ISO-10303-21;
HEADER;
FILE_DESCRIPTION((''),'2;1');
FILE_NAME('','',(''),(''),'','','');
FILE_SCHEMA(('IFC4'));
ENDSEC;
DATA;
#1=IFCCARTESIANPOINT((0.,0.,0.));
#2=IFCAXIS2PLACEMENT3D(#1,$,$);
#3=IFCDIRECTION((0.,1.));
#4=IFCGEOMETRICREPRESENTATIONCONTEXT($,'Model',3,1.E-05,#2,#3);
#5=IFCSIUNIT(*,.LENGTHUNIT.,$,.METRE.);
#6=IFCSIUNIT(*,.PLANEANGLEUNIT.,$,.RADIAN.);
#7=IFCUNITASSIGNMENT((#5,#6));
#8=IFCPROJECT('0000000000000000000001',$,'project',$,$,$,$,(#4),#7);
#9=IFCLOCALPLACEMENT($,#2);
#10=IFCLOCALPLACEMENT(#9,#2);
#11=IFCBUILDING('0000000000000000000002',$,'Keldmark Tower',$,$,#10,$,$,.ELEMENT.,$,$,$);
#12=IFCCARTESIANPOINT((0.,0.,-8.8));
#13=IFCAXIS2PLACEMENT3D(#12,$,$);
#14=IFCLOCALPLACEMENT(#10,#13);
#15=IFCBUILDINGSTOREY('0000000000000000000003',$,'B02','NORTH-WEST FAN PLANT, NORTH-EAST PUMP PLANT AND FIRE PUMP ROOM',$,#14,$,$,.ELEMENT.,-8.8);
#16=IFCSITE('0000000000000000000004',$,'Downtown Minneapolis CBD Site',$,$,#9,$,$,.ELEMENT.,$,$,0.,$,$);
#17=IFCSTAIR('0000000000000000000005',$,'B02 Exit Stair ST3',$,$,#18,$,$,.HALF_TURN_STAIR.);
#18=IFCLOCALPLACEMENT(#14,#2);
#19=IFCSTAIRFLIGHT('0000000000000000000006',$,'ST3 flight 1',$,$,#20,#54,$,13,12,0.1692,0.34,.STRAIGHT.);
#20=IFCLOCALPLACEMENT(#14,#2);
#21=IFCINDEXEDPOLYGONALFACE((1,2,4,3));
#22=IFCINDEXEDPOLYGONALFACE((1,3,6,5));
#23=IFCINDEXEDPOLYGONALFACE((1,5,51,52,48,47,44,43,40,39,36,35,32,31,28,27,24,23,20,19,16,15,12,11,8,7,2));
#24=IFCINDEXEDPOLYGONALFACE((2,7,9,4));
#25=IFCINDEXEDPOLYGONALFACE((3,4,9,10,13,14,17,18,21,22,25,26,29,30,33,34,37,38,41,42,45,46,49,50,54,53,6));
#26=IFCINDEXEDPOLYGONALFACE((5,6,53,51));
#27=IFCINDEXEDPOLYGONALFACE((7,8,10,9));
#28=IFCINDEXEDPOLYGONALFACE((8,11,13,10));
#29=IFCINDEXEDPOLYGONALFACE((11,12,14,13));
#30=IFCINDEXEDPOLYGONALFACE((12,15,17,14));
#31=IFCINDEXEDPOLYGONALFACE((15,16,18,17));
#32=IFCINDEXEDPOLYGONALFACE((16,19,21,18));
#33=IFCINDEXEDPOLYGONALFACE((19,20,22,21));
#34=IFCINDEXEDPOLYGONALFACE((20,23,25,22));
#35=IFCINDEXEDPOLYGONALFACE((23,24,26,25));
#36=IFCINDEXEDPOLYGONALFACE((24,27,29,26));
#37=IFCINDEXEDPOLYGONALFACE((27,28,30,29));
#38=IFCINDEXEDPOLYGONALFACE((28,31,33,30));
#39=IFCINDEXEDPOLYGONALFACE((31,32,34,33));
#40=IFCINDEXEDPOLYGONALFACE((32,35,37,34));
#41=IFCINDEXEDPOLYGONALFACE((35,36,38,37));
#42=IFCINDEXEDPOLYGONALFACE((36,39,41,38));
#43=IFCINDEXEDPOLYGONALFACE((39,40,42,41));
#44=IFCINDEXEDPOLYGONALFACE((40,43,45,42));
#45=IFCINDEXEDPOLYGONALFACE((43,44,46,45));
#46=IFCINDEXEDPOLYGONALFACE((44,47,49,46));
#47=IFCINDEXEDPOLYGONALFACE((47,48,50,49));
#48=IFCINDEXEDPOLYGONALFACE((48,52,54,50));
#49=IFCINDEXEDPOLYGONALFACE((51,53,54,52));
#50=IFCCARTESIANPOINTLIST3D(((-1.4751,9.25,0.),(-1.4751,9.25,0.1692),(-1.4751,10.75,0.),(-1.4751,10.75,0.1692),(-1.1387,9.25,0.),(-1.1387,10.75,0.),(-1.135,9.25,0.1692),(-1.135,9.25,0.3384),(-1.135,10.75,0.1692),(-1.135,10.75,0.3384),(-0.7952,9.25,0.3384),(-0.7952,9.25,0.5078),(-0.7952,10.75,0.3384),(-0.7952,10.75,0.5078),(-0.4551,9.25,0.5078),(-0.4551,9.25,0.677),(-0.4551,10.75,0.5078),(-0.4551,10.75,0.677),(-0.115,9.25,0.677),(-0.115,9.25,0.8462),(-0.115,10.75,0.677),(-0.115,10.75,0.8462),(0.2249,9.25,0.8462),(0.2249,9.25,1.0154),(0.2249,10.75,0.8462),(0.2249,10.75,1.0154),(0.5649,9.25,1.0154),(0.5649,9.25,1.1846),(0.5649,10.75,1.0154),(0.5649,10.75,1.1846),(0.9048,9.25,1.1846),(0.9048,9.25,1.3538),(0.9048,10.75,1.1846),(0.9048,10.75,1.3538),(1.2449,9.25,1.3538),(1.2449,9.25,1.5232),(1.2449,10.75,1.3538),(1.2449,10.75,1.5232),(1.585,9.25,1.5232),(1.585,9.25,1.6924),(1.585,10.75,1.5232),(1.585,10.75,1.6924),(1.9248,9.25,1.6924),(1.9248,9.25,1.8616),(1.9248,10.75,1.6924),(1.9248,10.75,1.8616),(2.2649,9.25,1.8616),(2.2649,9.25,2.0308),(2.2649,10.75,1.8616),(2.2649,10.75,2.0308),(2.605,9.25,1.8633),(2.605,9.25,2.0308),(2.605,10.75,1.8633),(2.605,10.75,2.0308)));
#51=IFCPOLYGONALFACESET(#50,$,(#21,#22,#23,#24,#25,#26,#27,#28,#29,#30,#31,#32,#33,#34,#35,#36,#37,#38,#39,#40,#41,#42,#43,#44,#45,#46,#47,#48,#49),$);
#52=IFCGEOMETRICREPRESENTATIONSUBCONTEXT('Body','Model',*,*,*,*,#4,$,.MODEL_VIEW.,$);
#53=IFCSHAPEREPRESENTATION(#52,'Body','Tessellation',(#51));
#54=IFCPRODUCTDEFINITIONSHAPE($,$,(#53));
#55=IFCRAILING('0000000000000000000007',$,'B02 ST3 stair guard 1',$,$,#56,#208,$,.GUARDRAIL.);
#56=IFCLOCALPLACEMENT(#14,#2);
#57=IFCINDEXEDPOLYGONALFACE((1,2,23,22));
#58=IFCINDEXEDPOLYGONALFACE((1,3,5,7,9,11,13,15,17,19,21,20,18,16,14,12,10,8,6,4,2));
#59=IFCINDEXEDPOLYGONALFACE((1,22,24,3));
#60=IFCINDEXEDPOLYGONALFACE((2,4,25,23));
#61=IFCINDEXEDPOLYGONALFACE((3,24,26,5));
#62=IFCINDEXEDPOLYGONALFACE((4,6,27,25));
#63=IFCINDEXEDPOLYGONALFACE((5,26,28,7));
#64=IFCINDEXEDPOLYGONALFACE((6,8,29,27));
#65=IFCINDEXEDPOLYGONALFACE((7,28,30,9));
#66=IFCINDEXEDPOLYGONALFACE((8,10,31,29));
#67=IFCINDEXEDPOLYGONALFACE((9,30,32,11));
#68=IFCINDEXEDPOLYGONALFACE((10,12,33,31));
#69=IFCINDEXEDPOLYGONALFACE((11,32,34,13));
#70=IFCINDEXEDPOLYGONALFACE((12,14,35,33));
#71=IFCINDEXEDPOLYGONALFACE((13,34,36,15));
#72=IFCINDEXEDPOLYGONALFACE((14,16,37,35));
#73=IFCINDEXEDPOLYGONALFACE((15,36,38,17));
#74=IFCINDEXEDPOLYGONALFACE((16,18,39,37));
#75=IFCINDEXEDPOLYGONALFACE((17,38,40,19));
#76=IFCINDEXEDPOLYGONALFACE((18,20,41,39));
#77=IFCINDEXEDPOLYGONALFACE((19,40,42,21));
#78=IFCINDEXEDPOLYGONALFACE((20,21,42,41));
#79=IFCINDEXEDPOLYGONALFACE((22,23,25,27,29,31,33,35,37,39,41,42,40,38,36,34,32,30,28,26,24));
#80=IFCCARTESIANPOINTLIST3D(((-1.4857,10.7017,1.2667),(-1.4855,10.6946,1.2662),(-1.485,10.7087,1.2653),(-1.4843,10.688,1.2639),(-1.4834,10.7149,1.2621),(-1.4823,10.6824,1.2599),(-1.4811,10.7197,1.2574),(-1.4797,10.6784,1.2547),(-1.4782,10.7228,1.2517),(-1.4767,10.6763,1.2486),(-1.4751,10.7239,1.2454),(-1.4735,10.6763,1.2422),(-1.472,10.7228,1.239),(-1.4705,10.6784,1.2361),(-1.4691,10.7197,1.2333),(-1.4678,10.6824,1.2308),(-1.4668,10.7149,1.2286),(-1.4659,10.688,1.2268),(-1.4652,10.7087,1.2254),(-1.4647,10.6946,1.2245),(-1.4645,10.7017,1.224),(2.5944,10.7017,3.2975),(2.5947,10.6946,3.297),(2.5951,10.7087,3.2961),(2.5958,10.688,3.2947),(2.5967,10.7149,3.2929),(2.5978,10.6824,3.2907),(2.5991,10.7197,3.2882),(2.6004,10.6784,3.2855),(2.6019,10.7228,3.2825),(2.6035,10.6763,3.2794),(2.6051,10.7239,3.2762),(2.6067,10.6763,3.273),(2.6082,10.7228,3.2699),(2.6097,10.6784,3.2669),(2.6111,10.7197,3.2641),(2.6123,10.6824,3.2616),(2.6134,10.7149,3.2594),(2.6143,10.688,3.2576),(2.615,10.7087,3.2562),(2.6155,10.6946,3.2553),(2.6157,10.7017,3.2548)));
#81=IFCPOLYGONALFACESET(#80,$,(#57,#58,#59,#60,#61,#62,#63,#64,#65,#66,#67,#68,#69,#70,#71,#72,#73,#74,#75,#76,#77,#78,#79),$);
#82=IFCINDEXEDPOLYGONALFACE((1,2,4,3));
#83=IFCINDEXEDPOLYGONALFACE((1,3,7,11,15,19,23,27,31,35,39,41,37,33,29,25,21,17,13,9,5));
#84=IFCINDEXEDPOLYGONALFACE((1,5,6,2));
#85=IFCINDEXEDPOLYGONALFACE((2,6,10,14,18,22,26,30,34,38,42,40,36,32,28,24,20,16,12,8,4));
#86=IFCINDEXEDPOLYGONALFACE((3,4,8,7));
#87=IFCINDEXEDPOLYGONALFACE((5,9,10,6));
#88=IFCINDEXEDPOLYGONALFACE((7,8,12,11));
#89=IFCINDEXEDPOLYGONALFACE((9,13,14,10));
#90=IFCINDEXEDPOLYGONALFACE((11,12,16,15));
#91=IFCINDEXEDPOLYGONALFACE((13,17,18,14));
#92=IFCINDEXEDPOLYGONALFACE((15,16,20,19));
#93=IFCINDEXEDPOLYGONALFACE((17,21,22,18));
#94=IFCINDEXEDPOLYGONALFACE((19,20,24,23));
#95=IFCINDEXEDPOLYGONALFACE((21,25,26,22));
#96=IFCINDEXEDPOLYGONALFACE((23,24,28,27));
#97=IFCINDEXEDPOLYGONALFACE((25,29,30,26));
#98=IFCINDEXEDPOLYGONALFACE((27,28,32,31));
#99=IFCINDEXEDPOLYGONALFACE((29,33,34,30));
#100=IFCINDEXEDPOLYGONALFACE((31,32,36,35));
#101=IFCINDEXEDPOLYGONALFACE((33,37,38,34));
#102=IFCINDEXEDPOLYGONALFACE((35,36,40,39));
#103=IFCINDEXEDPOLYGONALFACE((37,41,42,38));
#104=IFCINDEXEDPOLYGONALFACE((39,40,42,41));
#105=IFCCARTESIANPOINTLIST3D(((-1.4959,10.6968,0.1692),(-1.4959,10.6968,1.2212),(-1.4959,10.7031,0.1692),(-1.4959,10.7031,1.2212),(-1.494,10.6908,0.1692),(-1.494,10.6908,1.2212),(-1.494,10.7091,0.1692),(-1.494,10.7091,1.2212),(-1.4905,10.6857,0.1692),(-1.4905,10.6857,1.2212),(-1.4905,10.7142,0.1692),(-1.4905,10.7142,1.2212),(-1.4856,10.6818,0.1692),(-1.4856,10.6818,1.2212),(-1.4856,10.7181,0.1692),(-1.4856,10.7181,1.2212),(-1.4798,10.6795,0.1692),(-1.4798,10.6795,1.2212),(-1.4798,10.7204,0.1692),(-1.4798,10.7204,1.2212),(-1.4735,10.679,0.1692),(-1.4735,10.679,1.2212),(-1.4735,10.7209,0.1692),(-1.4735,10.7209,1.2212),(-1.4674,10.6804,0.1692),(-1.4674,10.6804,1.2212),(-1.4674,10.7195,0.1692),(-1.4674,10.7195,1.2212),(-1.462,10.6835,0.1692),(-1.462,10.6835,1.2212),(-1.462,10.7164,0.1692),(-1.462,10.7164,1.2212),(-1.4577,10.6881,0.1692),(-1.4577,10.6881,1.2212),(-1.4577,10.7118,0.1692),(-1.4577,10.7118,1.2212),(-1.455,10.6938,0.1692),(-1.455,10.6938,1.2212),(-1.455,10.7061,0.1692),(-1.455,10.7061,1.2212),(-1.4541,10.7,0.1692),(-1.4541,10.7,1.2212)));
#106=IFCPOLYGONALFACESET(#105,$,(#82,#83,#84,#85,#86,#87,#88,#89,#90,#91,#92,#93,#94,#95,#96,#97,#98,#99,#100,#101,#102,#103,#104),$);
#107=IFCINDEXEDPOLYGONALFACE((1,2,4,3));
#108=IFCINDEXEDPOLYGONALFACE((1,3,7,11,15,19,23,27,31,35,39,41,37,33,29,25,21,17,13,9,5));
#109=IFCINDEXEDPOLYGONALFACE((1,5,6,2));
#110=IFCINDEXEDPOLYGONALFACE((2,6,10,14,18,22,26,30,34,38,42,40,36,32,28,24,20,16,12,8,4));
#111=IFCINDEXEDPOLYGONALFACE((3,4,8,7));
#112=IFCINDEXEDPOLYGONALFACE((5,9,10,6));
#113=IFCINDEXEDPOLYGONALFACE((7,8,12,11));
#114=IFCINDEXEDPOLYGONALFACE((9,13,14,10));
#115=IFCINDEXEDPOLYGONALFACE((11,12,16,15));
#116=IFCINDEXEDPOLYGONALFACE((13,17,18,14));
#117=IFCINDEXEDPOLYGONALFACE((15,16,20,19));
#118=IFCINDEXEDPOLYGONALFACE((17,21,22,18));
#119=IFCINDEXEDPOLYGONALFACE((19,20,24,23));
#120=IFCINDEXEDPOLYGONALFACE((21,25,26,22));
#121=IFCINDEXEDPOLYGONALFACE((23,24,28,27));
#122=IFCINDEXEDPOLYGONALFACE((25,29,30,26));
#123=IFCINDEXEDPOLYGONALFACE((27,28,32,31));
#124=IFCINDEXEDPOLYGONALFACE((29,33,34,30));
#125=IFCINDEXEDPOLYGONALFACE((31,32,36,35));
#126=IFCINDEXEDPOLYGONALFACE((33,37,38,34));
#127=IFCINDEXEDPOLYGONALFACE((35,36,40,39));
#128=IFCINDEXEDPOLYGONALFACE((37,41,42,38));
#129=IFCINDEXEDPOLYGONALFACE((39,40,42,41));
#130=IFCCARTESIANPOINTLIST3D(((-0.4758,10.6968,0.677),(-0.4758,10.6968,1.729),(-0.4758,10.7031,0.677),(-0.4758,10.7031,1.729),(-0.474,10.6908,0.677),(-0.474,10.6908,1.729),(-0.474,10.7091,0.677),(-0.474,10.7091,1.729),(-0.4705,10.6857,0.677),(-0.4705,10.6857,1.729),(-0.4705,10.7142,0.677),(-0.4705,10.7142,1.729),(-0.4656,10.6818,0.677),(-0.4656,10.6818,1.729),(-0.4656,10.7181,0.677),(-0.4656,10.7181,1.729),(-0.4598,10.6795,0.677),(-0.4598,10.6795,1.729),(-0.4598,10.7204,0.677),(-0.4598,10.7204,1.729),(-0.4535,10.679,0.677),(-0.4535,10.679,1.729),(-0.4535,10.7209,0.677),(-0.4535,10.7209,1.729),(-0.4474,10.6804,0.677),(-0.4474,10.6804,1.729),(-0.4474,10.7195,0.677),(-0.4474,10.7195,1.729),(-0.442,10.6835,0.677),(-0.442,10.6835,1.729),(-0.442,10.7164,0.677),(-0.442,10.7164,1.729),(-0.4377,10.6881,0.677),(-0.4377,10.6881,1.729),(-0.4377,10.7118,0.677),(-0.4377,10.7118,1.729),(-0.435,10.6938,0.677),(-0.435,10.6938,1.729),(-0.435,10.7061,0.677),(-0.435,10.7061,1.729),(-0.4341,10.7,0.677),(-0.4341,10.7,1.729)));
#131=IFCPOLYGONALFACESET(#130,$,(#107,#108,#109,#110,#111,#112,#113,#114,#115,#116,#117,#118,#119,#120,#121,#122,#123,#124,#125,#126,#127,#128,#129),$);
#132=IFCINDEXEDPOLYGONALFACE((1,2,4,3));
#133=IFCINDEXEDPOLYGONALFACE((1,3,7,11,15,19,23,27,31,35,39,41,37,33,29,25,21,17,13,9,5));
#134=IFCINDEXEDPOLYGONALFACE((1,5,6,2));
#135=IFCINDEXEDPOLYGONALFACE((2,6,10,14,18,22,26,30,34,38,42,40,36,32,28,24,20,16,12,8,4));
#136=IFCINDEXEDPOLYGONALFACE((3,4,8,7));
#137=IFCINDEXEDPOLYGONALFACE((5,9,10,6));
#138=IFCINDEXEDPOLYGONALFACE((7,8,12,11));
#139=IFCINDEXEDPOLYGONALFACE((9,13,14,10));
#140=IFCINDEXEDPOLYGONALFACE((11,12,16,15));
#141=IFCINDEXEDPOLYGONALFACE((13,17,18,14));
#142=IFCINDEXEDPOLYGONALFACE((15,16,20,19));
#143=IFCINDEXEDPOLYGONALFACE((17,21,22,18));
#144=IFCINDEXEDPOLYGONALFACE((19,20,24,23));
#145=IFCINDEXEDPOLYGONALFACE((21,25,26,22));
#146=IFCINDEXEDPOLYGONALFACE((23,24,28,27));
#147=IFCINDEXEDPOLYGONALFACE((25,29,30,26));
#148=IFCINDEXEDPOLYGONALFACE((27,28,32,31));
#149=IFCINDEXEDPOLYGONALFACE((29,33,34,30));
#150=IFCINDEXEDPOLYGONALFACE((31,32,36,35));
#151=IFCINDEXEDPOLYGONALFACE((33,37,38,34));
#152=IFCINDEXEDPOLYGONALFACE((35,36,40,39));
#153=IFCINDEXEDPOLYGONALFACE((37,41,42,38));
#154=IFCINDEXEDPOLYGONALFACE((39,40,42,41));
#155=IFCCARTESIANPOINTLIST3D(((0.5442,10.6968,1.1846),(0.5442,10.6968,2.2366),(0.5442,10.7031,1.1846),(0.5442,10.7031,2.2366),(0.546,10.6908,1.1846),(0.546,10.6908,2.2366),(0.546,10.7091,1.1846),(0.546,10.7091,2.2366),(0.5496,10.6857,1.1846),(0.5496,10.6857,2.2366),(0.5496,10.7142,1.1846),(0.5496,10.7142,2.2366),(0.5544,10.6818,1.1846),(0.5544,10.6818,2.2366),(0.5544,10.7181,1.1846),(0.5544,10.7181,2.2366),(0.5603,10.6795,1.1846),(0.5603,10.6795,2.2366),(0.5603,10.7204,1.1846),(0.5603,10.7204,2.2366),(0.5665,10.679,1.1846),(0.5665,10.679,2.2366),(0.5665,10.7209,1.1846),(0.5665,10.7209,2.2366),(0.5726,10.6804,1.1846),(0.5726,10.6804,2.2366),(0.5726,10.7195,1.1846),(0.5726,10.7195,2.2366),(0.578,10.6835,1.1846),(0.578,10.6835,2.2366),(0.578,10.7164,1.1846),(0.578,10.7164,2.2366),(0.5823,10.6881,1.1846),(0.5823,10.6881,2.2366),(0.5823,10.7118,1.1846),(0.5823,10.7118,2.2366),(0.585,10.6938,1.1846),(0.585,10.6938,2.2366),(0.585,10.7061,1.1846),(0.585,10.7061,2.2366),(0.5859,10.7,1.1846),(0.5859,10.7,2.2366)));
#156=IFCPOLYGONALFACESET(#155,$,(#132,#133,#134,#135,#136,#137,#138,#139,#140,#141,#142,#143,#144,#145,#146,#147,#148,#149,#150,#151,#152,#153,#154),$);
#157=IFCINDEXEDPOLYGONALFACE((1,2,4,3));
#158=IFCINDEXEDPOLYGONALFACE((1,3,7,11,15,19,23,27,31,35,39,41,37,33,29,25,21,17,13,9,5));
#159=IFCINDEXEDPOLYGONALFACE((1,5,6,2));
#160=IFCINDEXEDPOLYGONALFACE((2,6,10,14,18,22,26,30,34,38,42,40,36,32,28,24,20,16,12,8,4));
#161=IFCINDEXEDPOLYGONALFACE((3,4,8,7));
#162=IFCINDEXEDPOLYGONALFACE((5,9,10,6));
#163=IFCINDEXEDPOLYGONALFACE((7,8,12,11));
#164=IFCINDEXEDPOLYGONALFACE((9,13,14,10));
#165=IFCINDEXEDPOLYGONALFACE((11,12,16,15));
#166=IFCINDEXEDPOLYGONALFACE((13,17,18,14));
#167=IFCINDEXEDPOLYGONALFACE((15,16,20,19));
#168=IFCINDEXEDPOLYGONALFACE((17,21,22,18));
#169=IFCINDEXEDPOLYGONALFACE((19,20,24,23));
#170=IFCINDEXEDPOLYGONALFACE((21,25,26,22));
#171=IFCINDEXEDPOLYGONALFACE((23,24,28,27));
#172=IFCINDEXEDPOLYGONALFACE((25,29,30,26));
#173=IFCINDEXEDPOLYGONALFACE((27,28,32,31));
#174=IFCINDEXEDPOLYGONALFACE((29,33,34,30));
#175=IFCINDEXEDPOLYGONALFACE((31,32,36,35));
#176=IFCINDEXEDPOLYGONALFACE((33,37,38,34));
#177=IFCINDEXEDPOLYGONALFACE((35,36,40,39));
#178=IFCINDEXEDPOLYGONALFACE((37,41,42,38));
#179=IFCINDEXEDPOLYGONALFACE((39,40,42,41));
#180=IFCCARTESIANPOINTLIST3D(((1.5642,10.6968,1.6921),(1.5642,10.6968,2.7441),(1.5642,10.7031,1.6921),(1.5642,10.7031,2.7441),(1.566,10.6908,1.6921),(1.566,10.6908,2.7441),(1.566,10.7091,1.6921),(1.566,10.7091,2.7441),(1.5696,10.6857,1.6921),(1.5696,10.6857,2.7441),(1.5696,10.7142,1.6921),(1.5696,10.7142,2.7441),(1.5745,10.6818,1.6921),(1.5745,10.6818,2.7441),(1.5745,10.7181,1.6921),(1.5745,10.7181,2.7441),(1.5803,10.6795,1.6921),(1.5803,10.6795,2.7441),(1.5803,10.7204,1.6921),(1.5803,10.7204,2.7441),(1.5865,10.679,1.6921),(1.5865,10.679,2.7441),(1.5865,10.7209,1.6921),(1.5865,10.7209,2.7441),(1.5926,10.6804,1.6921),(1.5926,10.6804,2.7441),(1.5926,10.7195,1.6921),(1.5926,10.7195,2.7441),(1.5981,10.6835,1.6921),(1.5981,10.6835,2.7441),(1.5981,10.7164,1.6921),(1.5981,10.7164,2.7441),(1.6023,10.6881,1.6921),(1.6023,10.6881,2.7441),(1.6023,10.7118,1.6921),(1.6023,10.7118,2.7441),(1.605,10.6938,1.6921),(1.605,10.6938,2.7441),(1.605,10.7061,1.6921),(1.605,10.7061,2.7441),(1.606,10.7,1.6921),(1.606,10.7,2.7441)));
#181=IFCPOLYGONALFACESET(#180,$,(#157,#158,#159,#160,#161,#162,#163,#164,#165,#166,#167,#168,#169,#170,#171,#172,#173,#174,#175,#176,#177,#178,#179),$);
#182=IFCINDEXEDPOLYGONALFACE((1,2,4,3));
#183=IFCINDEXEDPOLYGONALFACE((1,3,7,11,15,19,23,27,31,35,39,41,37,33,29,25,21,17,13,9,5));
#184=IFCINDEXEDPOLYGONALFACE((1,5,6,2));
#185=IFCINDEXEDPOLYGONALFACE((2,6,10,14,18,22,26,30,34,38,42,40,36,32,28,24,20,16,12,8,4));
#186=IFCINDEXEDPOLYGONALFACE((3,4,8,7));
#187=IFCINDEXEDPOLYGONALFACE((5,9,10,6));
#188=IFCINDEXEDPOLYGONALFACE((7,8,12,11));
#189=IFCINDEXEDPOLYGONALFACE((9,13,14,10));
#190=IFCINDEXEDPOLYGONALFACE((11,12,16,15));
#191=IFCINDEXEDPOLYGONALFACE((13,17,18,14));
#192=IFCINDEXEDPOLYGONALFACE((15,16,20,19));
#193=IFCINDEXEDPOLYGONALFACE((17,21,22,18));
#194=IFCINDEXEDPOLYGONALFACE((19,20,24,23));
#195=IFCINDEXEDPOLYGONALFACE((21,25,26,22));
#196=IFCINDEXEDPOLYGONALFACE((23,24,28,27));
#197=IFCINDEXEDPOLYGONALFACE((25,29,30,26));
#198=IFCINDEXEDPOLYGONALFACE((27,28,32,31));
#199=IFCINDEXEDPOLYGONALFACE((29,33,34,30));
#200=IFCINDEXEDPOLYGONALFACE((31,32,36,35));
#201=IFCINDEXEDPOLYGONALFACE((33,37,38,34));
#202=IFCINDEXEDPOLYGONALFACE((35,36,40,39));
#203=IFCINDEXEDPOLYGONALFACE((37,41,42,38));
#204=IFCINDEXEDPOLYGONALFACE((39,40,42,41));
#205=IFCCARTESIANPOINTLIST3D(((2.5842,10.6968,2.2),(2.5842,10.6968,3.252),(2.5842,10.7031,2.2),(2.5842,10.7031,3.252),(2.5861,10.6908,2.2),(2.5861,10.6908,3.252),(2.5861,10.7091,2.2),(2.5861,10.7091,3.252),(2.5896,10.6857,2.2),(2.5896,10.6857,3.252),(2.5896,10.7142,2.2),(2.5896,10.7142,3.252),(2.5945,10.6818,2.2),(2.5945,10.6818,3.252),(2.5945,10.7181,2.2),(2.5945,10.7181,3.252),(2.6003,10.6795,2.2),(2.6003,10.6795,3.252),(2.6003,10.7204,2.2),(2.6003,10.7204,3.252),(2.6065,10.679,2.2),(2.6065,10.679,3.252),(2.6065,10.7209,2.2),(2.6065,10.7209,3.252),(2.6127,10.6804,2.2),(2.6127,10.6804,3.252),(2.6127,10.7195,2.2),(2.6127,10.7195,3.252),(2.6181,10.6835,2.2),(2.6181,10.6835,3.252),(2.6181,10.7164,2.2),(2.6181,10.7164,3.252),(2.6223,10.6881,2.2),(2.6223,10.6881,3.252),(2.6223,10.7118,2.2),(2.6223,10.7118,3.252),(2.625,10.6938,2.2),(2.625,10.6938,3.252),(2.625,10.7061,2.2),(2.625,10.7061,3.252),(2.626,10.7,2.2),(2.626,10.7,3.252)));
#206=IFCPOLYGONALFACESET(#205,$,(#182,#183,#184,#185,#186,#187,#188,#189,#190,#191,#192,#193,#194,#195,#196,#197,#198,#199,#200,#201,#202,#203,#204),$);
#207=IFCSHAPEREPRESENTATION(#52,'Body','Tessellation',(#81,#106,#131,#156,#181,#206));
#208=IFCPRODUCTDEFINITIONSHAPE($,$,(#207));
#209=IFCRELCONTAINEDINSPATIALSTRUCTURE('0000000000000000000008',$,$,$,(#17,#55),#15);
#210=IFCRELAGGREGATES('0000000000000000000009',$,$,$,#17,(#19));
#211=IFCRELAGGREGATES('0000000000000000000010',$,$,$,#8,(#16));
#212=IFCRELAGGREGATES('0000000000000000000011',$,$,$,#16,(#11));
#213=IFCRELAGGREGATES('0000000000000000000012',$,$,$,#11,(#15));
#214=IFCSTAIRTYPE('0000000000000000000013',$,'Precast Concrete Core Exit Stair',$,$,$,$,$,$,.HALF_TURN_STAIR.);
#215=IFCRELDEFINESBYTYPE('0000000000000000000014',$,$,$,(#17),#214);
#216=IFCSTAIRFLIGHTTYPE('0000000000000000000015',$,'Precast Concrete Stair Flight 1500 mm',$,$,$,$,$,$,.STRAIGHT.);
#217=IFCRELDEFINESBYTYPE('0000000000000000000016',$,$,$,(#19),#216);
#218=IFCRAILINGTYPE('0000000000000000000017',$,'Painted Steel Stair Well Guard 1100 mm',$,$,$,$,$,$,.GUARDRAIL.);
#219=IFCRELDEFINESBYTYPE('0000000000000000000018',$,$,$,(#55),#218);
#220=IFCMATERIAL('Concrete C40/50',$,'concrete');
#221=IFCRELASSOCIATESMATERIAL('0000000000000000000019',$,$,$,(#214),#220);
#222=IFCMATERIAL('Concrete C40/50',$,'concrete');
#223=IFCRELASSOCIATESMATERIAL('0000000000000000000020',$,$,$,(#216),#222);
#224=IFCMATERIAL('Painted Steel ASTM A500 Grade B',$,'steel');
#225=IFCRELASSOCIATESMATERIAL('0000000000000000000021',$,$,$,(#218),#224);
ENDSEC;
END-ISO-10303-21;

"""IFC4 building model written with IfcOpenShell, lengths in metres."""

from ifc_helpers import new_model, si_unit, direction, frame, origin, origin_2d, place, context, subcontext, project, spatial, polyline, circle, outline, extrude, material, type_object, element, aggregate, save


model = new_model("IFC4")

# Units and contexts
model_context = context("Model", 3, precision=1e-05, world=origin(), true_north=direction((0.0, 1.0)))
body_context = subcontext(model_context, "Body", "Model", "MODEL_VIEW")
ifc_project = project(units=[si_unit("LENGTHUNIT", "METRE"), si_unit("PLANEANGLEUNIT", "RADIAN")], contexts=[model_context])

# Site, building, storey
site_placement = place(None, origin())
site = spatial("IfcSite", under=ifc_project, at=site_placement, Name="Downtown Minneapolis CBD Site", CompositionType="ELEMENT", RefElevation=0.0)
building_placement = place(site_placement, origin())
building = spatial("IfcBuilding", under=site, at=building_placement, Name="Keldmark Tower", CompositionType="ELEMENT")
storey_placement = place(building_placement, frame((0.0, 0.0, -8.8)))
storey = spatial("IfcBuildingStorey", under=building, at=storey_placement, Name="B02", Description="NORTH-WEST FAN PLANT, NORTH-EAST PUMP PLANT AND FIRE PUMP ROOM", CompositionType="ELEMENT", Elevation=-8.8)

# Stair, stair flight
ifc_material_1 = material(Name="Concrete C40/50", Category="concrete")
stair_type = type_object("IfcStairType", Name="Precast Concrete Core Exit Stair", PredefinedType="HALF_TURN_STAIR", material=ifc_material_1)
stair_placement = place(storey_placement, origin())
stair = element("IfcStair", 1, at=stair_placement, inside=storey, type_object=stair_type, Name="B02 Exit Stair ST3", PredefinedType="HALF_TURN_STAIR")
ifc_material_2 = material(Name="Concrete C40/50", Category="concrete")
stair_flight_type = type_object("IfcStairFlightType", Name="Precast Concrete Stair Flight 1500 mm", PredefinedType="STRAIGHT", material=ifc_material_2)
stair_flight_placement = place(storey_placement, frame((-1.4751, 10.0, 0.0), z_axis=(0.0, 0.0, 1.0), x_axis=(1.0, 0.0, 0.0)))
stair_flight = element("IfcStairFlight", 2, at=stair_flight_placement, type_object=stair_flight_type, Name="ST3 flight 1", NumberOfRisers=13, NumberOfTreads=12, PredefinedType="STRAIGHT", RiserHeight=0.1692, TreadLength=0.34, context=body_context, shape_type="SweptSolid", body=[
    extrude(outline(polyline([(0.0, 0.0), (0.0, 0.1692), (0.3401, 0.1692), (0.3401, 0.3384), (0.6799, 0.3384), (0.6799, 0.5078), (1.02, 0.5078), (1.02, 0.677), (1.3601, 0.677), (1.3601, 0.8462), (1.7, 0.8462), (1.7, 1.0154), (2.04, 1.0154), (2.04, 1.1846), (2.3799, 1.1846), (2.3799, 1.3538), (2.72, 1.3538), (2.72, 1.5232), (3.0601, 1.5232), (3.0601, 1.6924), (3.3999, 1.6924), (3.3999, 1.8616), (3.74, 1.8616), (3.74, 2.0308), (4.0801, 2.0308), (4.0801, 2.2), (4.0801, 1.8633), (0.3364, 0.0), (0.0, 0.0)])), frame((0.0, 0.75, 0.0), z_axis=(0.0, -1.0, 0.0), x_axis=(1.0, 0.0, 0.0)), (0.0, 0.0, 1.0), 1.5),
])
aggregate(stair, [stair_flight])

# Railing
ifc_material_3 = material(Name="Painted Steel ASTM A500 Grade B", Category="steel")
railing_type = type_object("IfcRailingType", Name="Painted Steel Stair Well Guard 1100 mm", PredefinedType="GUARDRAIL", material=ifc_material_3)
railing_1_placement = place(storey_placement, frame((-1.4751, 10.7, 0.1692)))
element("IfcRailing", 3, at=railing_1_placement, inside=storey, type_object=railing_type, Name="B02 ST3 stair guard 1", PredefinedType="GUARDRAIL", context=body_context, shape_type="SweptSolid", body=[
    extrude(circle(Radius=0.0239, at=origin_2d()), frame((0.0, 0.0, 1.0762), z_axis=(0.89524, 0.0, 0.445584), x_axis=(0.0, 1.0, 0.0)), (0.0, 0.0, 1.0), 4.5576),
    extrude(circle(Radius=0.021, at=origin_2d()), origin(), (0.0, 0.0, 1.0), 1.052),
    extrude(circle(Radius=0.021, at=origin_2d()), frame((1.02, 0.0, 0.5078)), (0.0, 0.0, 1.0), 1.052),
    extrude(circle(Radius=0.021, at=origin_2d()), frame((2.04, 0.0, 1.0154)), (0.0, 0.0, 1.0), 1.052),
    extrude(circle(Radius=0.021, at=origin_2d()), frame((3.0601, 0.0, 1.5229)), (0.0, 0.0, 1.0), 1.052),
    extrude(circle(Radius=0.021, at=origin_2d()), frame((4.0801, 0.0, 2.0308)), (0.0, 0.0, 1.0), 1.052),
])

save(model, "model.ifc")
